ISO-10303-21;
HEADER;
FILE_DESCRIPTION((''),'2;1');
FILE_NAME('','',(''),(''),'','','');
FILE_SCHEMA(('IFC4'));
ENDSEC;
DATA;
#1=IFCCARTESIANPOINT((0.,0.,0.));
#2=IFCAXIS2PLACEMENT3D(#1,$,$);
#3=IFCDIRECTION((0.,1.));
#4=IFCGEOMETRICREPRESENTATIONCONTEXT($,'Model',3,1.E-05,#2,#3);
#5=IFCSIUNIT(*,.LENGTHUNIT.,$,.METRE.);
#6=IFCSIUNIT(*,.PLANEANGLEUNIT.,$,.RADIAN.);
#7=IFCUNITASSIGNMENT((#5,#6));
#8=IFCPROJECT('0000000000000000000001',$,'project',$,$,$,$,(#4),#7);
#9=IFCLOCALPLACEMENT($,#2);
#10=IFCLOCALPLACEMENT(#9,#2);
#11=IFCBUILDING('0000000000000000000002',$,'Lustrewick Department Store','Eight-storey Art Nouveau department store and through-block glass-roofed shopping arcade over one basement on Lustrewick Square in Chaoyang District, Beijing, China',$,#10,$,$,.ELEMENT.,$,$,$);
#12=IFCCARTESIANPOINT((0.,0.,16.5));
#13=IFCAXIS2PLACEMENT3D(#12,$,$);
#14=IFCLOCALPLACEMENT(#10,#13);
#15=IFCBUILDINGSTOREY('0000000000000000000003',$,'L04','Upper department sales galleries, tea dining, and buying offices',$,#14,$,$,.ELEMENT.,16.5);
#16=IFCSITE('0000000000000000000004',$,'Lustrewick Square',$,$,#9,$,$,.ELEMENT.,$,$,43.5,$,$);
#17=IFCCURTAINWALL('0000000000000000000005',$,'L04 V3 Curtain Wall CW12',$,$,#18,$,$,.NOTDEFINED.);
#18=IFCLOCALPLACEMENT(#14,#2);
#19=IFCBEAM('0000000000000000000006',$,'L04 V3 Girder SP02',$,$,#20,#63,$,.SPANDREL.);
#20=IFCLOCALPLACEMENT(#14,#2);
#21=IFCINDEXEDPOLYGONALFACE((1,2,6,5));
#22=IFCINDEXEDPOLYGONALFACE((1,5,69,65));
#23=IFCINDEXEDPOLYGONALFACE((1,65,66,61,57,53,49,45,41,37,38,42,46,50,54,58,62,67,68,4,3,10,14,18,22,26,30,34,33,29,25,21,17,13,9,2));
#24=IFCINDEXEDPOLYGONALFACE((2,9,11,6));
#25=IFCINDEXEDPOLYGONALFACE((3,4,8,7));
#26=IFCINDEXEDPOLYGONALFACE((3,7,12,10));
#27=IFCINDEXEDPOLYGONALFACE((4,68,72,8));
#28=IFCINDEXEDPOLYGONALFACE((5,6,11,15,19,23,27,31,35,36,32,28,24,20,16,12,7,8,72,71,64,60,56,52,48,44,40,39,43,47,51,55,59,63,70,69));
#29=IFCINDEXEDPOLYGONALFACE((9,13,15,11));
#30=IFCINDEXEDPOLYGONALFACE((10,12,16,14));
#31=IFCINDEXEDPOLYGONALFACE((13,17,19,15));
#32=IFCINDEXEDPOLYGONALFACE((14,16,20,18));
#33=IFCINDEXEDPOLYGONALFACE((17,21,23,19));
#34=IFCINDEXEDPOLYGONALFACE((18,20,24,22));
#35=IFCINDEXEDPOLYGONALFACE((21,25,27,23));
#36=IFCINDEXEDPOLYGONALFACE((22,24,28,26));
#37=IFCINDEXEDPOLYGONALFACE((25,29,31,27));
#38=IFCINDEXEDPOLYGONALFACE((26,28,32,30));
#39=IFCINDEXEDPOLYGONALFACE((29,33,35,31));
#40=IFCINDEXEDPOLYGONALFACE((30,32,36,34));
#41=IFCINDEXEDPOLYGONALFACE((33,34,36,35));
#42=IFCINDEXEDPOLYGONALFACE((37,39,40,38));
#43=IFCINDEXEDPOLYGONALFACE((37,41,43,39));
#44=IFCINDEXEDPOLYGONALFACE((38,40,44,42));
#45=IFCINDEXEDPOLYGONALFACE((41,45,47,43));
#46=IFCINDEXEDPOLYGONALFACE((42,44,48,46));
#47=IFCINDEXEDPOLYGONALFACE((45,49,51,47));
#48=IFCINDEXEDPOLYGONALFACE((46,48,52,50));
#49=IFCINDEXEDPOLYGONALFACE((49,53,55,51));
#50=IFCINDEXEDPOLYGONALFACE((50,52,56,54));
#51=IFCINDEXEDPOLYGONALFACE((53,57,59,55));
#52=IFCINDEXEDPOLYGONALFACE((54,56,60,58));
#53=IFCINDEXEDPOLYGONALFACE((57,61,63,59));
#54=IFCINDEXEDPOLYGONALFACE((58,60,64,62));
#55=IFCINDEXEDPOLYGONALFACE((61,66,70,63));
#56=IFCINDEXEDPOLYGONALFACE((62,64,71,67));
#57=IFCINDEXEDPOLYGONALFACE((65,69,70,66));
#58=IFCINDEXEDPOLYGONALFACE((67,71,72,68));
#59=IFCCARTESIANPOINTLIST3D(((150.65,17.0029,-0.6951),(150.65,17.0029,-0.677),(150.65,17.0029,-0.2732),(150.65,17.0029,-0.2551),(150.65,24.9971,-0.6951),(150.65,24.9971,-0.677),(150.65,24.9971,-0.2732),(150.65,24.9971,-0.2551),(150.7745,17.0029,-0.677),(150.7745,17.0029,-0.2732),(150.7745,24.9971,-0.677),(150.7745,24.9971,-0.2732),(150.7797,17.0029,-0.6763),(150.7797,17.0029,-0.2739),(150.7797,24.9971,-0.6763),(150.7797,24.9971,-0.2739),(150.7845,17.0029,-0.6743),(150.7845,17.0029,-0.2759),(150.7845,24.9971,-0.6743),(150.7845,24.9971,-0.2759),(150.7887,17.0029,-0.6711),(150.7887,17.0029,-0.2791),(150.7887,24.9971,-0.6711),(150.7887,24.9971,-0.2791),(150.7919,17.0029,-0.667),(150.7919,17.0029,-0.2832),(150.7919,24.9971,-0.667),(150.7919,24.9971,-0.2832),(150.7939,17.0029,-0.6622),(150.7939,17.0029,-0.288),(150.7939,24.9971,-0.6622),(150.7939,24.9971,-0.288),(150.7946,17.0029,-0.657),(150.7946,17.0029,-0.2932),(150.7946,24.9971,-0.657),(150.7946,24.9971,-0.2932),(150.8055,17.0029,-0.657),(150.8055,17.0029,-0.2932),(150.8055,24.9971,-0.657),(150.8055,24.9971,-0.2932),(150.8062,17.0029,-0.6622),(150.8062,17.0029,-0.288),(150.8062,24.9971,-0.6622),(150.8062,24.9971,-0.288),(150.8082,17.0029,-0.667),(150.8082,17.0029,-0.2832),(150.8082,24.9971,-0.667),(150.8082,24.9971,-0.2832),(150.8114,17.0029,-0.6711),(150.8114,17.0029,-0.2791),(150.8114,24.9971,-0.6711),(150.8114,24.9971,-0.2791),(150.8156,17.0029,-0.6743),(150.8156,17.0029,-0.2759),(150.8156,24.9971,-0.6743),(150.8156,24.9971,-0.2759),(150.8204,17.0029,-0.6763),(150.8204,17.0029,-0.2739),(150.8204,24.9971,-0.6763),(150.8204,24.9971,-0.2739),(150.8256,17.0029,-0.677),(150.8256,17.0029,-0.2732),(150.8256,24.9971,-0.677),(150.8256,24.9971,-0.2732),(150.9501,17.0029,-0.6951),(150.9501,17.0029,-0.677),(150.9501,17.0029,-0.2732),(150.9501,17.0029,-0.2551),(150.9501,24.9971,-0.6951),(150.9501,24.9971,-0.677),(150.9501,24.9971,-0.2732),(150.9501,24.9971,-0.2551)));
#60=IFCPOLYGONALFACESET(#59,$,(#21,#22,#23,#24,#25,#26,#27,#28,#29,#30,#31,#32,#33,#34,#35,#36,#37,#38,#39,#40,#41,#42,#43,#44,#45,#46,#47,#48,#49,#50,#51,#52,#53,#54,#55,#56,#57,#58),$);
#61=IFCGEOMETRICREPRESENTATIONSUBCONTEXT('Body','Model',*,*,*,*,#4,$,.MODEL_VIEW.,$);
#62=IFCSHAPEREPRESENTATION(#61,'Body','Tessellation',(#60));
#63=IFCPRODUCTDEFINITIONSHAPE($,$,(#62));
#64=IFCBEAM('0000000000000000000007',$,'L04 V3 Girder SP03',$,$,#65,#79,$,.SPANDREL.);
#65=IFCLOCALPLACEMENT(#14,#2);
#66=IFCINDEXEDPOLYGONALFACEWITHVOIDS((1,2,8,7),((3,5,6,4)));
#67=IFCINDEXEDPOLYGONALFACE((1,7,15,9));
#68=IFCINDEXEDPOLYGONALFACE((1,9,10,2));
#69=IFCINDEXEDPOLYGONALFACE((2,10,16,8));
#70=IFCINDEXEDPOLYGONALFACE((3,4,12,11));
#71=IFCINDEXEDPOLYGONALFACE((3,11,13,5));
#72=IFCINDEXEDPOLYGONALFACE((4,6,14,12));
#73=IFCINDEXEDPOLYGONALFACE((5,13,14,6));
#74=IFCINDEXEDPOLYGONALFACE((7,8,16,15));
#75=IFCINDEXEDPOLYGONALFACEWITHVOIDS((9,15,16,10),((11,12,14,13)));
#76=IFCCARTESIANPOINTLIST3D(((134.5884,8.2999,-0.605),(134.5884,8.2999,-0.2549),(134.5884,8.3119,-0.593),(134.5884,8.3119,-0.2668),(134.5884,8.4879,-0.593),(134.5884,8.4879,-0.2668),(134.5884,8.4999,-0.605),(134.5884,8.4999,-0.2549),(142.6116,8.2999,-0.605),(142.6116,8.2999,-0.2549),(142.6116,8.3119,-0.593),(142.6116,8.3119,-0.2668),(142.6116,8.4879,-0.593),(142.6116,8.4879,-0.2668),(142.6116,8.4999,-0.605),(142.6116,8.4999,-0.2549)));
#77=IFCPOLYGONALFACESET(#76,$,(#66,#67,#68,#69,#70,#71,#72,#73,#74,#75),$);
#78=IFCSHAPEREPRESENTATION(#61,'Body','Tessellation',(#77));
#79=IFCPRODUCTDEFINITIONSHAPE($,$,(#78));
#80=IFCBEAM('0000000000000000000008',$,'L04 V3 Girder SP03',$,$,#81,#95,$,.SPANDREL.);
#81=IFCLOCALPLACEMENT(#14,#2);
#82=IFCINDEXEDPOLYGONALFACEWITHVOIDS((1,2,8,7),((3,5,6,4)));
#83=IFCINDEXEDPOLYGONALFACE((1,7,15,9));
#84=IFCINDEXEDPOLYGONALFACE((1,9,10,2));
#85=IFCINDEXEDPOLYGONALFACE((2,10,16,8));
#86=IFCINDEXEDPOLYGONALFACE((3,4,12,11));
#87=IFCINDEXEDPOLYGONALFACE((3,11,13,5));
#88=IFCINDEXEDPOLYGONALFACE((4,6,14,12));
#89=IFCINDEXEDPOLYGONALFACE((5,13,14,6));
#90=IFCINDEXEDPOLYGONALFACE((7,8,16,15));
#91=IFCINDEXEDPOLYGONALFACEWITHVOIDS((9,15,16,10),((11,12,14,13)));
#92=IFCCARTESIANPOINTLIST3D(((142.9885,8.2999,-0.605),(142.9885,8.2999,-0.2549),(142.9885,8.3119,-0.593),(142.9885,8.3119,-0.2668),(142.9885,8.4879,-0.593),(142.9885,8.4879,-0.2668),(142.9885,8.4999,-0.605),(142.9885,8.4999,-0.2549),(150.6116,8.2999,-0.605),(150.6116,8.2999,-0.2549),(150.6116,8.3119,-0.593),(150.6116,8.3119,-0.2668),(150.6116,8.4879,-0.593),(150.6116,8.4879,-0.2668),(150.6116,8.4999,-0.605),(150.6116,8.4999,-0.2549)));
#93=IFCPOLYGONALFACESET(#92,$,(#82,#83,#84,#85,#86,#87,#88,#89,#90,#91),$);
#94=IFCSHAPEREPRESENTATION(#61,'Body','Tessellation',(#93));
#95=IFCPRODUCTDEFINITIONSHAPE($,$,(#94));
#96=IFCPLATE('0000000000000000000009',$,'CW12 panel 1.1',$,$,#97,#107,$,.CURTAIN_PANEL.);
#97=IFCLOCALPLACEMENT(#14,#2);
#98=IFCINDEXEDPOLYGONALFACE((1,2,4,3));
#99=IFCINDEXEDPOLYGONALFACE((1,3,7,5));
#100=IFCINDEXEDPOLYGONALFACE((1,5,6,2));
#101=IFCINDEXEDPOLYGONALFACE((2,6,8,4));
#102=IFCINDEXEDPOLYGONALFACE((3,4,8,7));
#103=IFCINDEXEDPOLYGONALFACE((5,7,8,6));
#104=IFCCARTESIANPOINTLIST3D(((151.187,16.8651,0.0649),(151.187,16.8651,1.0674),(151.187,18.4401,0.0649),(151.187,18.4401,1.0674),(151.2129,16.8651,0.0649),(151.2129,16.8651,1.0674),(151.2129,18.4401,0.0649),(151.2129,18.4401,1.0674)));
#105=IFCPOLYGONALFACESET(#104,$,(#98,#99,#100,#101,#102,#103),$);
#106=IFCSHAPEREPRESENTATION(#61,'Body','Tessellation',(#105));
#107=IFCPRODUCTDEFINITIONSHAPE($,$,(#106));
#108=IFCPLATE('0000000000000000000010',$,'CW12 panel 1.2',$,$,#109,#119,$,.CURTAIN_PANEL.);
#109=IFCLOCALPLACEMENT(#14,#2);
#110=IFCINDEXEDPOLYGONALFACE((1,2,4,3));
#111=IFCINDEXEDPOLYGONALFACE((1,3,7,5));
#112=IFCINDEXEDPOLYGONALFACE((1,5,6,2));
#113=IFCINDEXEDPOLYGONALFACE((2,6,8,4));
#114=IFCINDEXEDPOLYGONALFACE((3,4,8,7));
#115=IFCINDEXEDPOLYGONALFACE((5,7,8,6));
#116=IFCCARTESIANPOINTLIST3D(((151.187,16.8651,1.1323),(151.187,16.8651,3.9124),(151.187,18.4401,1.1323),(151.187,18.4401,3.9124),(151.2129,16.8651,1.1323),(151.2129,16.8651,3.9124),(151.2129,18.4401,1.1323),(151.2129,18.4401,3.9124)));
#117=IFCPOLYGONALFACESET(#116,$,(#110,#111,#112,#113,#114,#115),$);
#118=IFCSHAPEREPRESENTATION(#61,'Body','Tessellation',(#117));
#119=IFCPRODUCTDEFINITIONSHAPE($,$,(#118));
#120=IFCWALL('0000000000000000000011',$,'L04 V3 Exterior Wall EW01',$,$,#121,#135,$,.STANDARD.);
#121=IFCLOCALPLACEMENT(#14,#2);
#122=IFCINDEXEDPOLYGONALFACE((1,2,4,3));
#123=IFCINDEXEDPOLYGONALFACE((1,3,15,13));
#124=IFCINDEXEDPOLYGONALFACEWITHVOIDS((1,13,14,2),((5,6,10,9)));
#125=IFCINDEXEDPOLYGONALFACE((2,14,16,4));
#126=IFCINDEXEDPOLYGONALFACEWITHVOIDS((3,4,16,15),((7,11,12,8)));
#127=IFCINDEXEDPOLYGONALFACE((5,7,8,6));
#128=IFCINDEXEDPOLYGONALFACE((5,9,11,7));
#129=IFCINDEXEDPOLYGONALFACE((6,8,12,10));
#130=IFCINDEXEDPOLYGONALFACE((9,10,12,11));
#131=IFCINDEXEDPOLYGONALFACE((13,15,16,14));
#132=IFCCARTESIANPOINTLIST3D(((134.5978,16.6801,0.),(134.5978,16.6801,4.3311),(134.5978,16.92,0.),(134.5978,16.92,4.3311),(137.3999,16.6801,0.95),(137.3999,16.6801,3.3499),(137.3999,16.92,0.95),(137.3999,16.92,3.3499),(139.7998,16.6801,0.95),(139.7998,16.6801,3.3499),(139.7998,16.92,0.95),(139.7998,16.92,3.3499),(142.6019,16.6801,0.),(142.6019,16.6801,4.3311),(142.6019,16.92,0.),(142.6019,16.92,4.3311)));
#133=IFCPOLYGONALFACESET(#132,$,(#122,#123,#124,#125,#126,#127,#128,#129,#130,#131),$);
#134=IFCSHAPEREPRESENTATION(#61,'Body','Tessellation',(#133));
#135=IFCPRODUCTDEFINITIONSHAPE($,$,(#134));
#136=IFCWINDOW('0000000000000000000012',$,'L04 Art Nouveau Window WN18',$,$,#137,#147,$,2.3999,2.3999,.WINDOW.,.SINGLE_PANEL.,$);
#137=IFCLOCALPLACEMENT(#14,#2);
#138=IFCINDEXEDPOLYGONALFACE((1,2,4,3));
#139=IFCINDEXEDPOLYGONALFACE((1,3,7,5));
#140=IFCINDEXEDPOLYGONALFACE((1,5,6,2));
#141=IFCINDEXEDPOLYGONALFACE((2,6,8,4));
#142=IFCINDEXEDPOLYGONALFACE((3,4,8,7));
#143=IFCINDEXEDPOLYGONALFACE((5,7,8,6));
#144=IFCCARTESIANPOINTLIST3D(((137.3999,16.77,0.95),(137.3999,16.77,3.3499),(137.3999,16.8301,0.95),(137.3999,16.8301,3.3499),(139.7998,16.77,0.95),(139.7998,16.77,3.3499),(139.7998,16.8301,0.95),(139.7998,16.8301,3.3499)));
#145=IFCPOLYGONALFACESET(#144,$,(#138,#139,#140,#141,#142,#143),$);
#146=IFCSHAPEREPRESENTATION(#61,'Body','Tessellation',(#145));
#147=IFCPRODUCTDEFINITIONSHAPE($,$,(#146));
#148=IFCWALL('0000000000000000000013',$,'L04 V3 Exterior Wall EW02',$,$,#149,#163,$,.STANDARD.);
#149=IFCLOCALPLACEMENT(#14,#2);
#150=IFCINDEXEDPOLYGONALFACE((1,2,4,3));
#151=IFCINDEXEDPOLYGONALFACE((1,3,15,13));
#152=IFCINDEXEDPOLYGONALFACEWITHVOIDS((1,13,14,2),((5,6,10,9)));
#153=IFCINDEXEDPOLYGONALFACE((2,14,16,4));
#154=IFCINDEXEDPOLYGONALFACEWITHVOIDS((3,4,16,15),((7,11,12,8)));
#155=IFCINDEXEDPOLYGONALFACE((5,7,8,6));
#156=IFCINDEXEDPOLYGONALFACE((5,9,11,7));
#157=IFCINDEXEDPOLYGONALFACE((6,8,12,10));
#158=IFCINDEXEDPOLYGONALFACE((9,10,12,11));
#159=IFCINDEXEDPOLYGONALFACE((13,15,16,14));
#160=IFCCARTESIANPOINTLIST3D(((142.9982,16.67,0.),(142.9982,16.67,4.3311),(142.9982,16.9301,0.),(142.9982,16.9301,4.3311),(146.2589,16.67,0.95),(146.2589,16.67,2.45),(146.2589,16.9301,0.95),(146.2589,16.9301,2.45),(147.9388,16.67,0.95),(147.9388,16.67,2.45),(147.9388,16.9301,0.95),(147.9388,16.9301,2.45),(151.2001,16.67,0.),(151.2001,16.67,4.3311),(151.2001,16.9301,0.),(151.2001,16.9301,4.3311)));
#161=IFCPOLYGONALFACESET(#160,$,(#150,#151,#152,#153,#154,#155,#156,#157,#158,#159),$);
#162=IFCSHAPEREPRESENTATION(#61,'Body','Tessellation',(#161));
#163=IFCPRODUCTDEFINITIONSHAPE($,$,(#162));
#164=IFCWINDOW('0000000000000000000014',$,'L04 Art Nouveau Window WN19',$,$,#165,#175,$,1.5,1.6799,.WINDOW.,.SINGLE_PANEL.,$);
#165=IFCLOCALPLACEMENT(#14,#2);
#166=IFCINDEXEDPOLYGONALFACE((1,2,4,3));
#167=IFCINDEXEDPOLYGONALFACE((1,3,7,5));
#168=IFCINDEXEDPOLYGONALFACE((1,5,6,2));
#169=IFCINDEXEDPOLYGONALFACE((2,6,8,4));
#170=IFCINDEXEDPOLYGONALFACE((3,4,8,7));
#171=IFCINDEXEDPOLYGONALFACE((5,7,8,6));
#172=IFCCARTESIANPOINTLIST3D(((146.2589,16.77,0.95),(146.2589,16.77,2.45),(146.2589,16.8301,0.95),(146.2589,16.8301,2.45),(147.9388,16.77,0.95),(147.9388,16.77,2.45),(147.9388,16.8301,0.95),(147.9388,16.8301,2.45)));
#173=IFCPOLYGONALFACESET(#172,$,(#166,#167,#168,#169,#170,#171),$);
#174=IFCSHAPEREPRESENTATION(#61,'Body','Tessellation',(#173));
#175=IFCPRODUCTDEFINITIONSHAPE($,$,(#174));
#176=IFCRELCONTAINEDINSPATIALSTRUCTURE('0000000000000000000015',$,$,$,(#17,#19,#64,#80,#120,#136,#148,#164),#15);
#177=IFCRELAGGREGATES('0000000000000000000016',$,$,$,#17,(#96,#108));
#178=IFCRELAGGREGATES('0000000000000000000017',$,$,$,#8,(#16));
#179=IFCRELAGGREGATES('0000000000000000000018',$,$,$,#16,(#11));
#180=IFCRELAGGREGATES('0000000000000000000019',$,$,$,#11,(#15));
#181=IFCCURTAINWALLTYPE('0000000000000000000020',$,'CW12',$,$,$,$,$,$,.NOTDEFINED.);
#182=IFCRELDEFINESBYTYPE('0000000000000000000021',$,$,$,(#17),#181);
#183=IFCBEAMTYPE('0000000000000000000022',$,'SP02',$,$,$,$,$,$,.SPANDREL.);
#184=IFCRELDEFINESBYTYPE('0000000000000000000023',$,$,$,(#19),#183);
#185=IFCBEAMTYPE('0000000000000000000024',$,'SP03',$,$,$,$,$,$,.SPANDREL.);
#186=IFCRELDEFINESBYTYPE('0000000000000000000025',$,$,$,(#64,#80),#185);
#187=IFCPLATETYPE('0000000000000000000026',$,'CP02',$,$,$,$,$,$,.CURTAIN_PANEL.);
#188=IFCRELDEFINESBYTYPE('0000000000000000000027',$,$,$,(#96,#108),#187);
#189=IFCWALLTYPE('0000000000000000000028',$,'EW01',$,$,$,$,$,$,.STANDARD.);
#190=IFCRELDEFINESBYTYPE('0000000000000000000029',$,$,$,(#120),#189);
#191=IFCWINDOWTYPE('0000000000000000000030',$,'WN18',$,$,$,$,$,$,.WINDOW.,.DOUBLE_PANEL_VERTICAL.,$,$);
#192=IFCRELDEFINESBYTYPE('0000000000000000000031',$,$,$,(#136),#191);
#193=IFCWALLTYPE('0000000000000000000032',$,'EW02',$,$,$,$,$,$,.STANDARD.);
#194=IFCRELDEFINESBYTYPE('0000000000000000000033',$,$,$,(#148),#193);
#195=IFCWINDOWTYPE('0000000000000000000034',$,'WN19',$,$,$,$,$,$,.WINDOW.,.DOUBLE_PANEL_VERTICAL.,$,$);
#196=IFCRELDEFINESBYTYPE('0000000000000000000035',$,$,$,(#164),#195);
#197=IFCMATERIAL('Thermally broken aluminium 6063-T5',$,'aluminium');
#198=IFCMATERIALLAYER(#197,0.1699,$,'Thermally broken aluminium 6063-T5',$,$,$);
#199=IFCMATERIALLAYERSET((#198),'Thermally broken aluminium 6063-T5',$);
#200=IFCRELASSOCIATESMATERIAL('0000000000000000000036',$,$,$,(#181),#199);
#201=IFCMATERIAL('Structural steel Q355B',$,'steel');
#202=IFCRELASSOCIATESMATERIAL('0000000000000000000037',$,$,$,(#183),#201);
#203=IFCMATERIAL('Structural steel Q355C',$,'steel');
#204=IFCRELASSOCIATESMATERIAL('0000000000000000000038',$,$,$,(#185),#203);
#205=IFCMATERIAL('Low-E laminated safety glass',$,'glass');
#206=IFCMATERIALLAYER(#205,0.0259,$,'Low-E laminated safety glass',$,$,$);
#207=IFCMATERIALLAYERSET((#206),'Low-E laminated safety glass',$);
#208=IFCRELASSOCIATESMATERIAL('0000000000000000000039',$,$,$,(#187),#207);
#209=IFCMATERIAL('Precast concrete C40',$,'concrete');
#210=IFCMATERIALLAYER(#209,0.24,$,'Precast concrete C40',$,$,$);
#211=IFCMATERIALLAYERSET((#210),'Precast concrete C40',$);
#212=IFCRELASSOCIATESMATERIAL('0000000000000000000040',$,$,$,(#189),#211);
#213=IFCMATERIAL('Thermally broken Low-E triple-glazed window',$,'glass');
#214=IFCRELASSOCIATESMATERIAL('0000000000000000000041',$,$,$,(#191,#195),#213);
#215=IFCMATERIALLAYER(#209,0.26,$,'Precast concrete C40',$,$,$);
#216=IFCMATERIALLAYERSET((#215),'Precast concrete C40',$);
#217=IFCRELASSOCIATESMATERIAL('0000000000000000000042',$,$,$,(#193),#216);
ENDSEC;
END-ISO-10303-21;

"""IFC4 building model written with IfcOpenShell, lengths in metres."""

from ifc_helpers import new_model, si_unit, direction, frame, frame_2d, origin, origin_2d, place, context, subcontext, project, spatial, rectangle, hollow_rectangle, i_section, extrude, material, layer, layer_set, material_profile, profile_set, type_object, element, fill, aggregate, save


model = new_model("IFC4")

# Units and contexts
model_context = context("Model", 3, precision=1e-05, world=origin(), true_north=direction((0.0, 1.0)))
body_context = subcontext(model_context, "Body", "Model", "MODEL_VIEW")
ifc_project = project(units=[si_unit("LENGTHUNIT", "METRE"), si_unit("PLANEANGLEUNIT", "RADIAN")], contexts=[model_context])

# Site, building, storey
site_placement = place(None, origin())
site = spatial("IfcSite", under=ifc_project, at=site_placement, Name="Lustrewick Square", CompositionType="ELEMENT", RefElevation=43.5)
building_placement = place(site_placement, origin())
building = spatial("IfcBuilding", under=site, at=building_placement, Name="Lustrewick Department Store", Description="Eight-storey Art Nouveau department store and through-block glass-roofed shopping arcade over one basement on Lustrewick Square in Chaoyang District, Beijing, China", CompositionType="ELEMENT")
storey_placement = place(building_placement, frame((0.0, 0.0, 16.5)))
storey = spatial("IfcBuildingStorey", under=building, at=storey_placement, Name="L04", Description="Upper department sales galleries, tea dining, and buying offices", CompositionType="ELEMENT", Elevation=16.5)

# Shared definitions
ifc_material_1 = material(Name="Structural steel Q355C", Category="steel")

# Shared definitions
ifc_material_2 = material(Name="Structural steel Q355B", Category="steel")

# Curtain wall
ifc_material_3 = material(Name="Thermally broken aluminium 6063-T5", Category="aluminium")
ifc_layer_1 = layer(ifc_material_3, 0.1699, Name="Thermally broken aluminium 6063-T5")
ifc_layer_set_1 = layer_set([ifc_layer_1], Name="Thermally broken aluminium 6063-T5")
curtain_wall_type = type_object("IfcCurtainWallType", Name="CW12", PredefinedType="NOTDEFINED", material=ifc_layer_set_1)
curtain_wall_placement = place(storey_placement, origin())
curtain_wall = element("IfcCurtainWall", 1, at=curtain_wall_placement, inside=storey, type_object=curtain_wall_type, Name="L04 V3 Curtain Wall CW12", PredefinedType="NOTDEFINED")

# Beams
ifc_material_profile_1 = material_profile(ifc_material_2, i_section(OverallWidth=0.3, OverallDepth=0.4399, WebThickness=0.011, FlangeThickness=0.0181, FilletRadius=0.02, at=origin_2d()), Name="HM 440x300x11x18")
ifc_profile_set_1 = profile_set([ifc_material_profile_1], Name="Structural steel Q355B")
beam_type_1 = type_object("IfcBeamType", Name="SP02", PredefinedType="SPANDREL", material=ifc_profile_set_1)
beam_1_placement = place(storey_placement, frame((150.8, 17.0029, -0.4751), z_axis=(0.0, 1.0, 0.0), x_axis=(-1.0, 0.0, 0.0)))
element("IfcBeam", 2, at=beam_1_placement, inside=storey, type_object=beam_type_1, Name="L04 V3 Girder SP02", PredefinedType="SPANDREL", context=body_context, shape_type="SweptSolid", body=[
    extrude(i_section(OverallWidth=0.3, OverallDepth=0.4399, WebThickness=0.011, FlangeThickness=0.0181, FilletRadius=0.02, at=origin_2d()), origin(), (0.0, 0.0, 1.0), 7.9941),
])
ifc_material_profile_2 = material_profile(ifc_material_1, hollow_rectangle(XDim=0.2, YDim=0.3501, WallThickness=0.012, at=origin_2d()), Name="RHS 350x200x12")
ifc_profile_set_2 = profile_set([ifc_material_profile_2], Name="Structural steel Q355C")
beam_type_2 = type_object("IfcBeamType", Name="SP03", PredefinedType="SPANDREL", material=ifc_profile_set_2)
beam_2_placement = place(storey_placement, frame((134.5884, 8.3999, -0.4299), z_axis=(1.0, 0.0, 0.0), x_axis=(0.0, 1.0, 0.0)))
element("IfcBeam", 3, at=beam_2_placement, inside=storey, type_object=beam_type_2, Name="L04 V3 Girder SP03", PredefinedType="SPANDREL", context=body_context, shape_type="SweptSolid", body=[
    extrude(hollow_rectangle(XDim=0.2, YDim=0.3501, WallThickness=0.012, at=origin_2d()), origin(), (0.0, 0.0, 1.0), 8.0232),
])
beam_3_placement = place(storey_placement, frame((142.9885, 8.3999, -0.4299), z_axis=(1.0, 0.0, 0.0), x_axis=(0.0, 1.0, 0.0)))
element("IfcBeam", 4, at=beam_3_placement, inside=storey, type_object=beam_type_2, Name="L04 V3 Girder SP03", PredefinedType="SPANDREL", context=body_context, shape_type="SweptSolid", body=[
    extrude(hollow_rectangle(XDim=0.2, YDim=0.3501, WallThickness=0.012, at=origin_2d()), origin(), (0.0, 0.0, 1.0), 7.623),
])

# Plates
ifc_material_4 = material(Name="Low-E laminated safety glass", Category="glass")
ifc_layer_2 = layer(ifc_material_4, 0.0259, Name="Low-E laminated safety glass")
ifc_layer_set_2 = layer_set([ifc_layer_2], Name="Low-E laminated safety glass")
plate_type = type_object("IfcPlateType", Name="CP02", PredefinedType="CURTAIN_PANEL", material=ifc_layer_set_2)
plate_1_placement = place(storey_placement, frame((151.2, 17.6526, 0.0649), z_axis=(0.0, 0.0, 1.0), x_axis=(0.0, 1.0, 0.0)))
plate_1 = element("IfcPlate", 5, at=plate_1_placement, type_object=plate_type, Name="CW12 panel 1.1", PredefinedType="CURTAIN_PANEL", context=body_context, shape_type="SweptSolid", body=[
    extrude(rectangle(XDim=1.575, YDim=0.0259, at=origin_2d()), origin(), (0.0, 0.0, 1.0), 1.0024),
])
plate_2_placement = place(storey_placement, frame((151.2, 17.6526, 1.1323), z_axis=(0.0, 0.0, 1.0), x_axis=(0.0, 1.0, 0.0)))
plate_2 = element("IfcPlate", 6, at=plate_2_placement, type_object=plate_type, Name="CW12 panel 1.2", PredefinedType="CURTAIN_PANEL", context=body_context, shape_type="SweptSolid", body=[
    extrude(rectangle(XDim=1.575, YDim=0.0259, at=origin_2d()), origin(), (0.0, 0.0, 1.0), 2.78),
])
aggregate(curtain_wall, [plate_1, plate_2])

# Walls, openings, windows
ifc_material_5 = material(Name="Precast concrete C40", Category="concrete")
ifc_layer_3 = layer(ifc_material_5, 0.24, Name="Precast concrete C40")
ifc_layer_set_3 = layer_set([ifc_layer_3], Name="Precast concrete C40")
wall_type_1 = type_object("IfcWallType", Name="EW01", PredefinedType="STANDARD", material=ifc_layer_set_3)
wall_1_placement = place(storey_placement, frame((134.5979, 16.8, 0.0), z_axis=(0.0, 0.0, 1.0), x_axis=(1.0, 0.0, 0.0)))
wall_1 = element("IfcWall", 7, at=wall_1_placement, inside=storey, type_object=wall_type_1, Name="L04 V3 Exterior Wall EW01", PredefinedType="STANDARD", context=body_context, shape_type="SweptSolid", body=[
    extrude(rectangle(XDim=8.0042, YDim=0.24, at=frame_2d((4.002, 0.0))), origin(), (0.0, 0.0, 1.0), 4.3311),
])
opening_1_placement = place(wall_1_placement, frame((2.802, 0.0, 0.95)))
opening_1 = element("IfcOpeningElement", 8, at=opening_1_placement, cuts=wall_1, PredefinedType="OPENING", context=body_context, shape_type="SweptSolid", body=[
    extrude(rectangle(XDim=2.3999, YDim=2.3999, at=frame_2d((1.2, 1.2))), frame((0.0, 0.1299, 0.0), z_axis=(0.0, -1.0, 0.0), x_axis=(1.0, 0.0, 0.0)), (0.0, 0.0, 1.0), 0.26),
])
ifc_material_6 = material(Name="Thermally broken Low-E triple-glazed window", Category="glass")
window_type_1 = type_object("IfcWindowType", Name="WN18", PartitioningType="DOUBLE_PANEL_VERTICAL", PredefinedType="WINDOW", material=ifc_material_6)
window_1_placement = place(opening_1_placement, origin())
window_1 = element("IfcWindow", 9, at=window_1_placement, inside=storey, type_object=window_type_1, Name="L04 Art Nouveau Window WN18", OverallHeight=2.3999, OverallWidth=2.3999, PartitioningType="SINGLE_PANEL", PredefinedType="WINDOW", context=body_context, shape_type="SweptSolid", body=[
    extrude(rectangle(XDim=2.3999, YDim=2.3999, at=frame_2d((1.2, 1.2))), frame((0.0, 0.03, 0.0), z_axis=(0.0, -1.0, 0.0), x_axis=(1.0, 0.0, 0.0)), (0.0, 0.0, 1.0), 0.0601),
])
fill(opening_1, window_1)
ifc_layer_4 = layer(ifc_material_5, 0.26, Name="Precast concrete C40")
ifc_layer_set_4 = layer_set([ifc_layer_4], Name="Precast concrete C40")
wall_type_2 = type_object("IfcWallType", Name="EW02", PredefinedType="STANDARD", material=ifc_layer_set_4)
wall_2_placement = place(storey_placement, frame((142.998, 16.8, 0.0), z_axis=(0.0, 0.0, 1.0), x_axis=(1.0, 0.0, 0.0)))
wall_2 = element("IfcWall", 10, at=wall_2_placement, inside=storey, type_object=wall_type_2, Name="L04 V3 Exterior Wall EW02", PredefinedType="STANDARD", context=body_context, shape_type="SweptSolid", body=[
    extrude(rectangle(XDim=8.2019, YDim=0.26, at=frame_2d((4.1011, 0.0))), origin(), (0.0, 0.0, 1.0), 4.3311),
])
opening_2_placement = place(wall_2_placement, frame((3.261, 0.0, 0.95)))
opening_2 = element("IfcOpeningElement", 11, at=opening_2_placement, cuts=wall_2, PredefinedType="OPENING", context=body_context, shape_type="SweptSolid", body=[
    extrude(rectangle(XDim=1.6799, YDim=1.5, at=frame_2d((0.8398, 0.75))), frame((0.0, 0.1401, 0.0), z_axis=(0.0, -1.0, 0.0), x_axis=(1.0, 0.0, 0.0)), (0.0, 0.0, 1.0), 0.28),
])
window_type_2 = type_object("IfcWindowType", Name="WN19", PartitioningType="DOUBLE_PANEL_VERTICAL", PredefinedType="WINDOW", material=ifc_material_6)
window_2_placement = place(opening_2_placement, origin())
window_2 = element("IfcWindow", 12, at=window_2_placement, inside=storey, type_object=window_type_2, Name="L04 Art Nouveau Window WN19", OverallHeight=1.5, OverallWidth=1.6799, PartitioningType="SINGLE_PANEL", PredefinedType="WINDOW", context=body_context, shape_type="SweptSolid", body=[
    extrude(rectangle(XDim=1.6799, YDim=1.5, at=frame_2d((0.8398, 0.75))), frame((0.0, 0.03, 0.0), z_axis=(0.0, -1.0, 0.0), x_axis=(1.0, 0.0, 0.0)), (0.0, 0.0, 1.0), 0.0601),
])
fill(opening_2, window_2)

save(model, "model.ifc")
